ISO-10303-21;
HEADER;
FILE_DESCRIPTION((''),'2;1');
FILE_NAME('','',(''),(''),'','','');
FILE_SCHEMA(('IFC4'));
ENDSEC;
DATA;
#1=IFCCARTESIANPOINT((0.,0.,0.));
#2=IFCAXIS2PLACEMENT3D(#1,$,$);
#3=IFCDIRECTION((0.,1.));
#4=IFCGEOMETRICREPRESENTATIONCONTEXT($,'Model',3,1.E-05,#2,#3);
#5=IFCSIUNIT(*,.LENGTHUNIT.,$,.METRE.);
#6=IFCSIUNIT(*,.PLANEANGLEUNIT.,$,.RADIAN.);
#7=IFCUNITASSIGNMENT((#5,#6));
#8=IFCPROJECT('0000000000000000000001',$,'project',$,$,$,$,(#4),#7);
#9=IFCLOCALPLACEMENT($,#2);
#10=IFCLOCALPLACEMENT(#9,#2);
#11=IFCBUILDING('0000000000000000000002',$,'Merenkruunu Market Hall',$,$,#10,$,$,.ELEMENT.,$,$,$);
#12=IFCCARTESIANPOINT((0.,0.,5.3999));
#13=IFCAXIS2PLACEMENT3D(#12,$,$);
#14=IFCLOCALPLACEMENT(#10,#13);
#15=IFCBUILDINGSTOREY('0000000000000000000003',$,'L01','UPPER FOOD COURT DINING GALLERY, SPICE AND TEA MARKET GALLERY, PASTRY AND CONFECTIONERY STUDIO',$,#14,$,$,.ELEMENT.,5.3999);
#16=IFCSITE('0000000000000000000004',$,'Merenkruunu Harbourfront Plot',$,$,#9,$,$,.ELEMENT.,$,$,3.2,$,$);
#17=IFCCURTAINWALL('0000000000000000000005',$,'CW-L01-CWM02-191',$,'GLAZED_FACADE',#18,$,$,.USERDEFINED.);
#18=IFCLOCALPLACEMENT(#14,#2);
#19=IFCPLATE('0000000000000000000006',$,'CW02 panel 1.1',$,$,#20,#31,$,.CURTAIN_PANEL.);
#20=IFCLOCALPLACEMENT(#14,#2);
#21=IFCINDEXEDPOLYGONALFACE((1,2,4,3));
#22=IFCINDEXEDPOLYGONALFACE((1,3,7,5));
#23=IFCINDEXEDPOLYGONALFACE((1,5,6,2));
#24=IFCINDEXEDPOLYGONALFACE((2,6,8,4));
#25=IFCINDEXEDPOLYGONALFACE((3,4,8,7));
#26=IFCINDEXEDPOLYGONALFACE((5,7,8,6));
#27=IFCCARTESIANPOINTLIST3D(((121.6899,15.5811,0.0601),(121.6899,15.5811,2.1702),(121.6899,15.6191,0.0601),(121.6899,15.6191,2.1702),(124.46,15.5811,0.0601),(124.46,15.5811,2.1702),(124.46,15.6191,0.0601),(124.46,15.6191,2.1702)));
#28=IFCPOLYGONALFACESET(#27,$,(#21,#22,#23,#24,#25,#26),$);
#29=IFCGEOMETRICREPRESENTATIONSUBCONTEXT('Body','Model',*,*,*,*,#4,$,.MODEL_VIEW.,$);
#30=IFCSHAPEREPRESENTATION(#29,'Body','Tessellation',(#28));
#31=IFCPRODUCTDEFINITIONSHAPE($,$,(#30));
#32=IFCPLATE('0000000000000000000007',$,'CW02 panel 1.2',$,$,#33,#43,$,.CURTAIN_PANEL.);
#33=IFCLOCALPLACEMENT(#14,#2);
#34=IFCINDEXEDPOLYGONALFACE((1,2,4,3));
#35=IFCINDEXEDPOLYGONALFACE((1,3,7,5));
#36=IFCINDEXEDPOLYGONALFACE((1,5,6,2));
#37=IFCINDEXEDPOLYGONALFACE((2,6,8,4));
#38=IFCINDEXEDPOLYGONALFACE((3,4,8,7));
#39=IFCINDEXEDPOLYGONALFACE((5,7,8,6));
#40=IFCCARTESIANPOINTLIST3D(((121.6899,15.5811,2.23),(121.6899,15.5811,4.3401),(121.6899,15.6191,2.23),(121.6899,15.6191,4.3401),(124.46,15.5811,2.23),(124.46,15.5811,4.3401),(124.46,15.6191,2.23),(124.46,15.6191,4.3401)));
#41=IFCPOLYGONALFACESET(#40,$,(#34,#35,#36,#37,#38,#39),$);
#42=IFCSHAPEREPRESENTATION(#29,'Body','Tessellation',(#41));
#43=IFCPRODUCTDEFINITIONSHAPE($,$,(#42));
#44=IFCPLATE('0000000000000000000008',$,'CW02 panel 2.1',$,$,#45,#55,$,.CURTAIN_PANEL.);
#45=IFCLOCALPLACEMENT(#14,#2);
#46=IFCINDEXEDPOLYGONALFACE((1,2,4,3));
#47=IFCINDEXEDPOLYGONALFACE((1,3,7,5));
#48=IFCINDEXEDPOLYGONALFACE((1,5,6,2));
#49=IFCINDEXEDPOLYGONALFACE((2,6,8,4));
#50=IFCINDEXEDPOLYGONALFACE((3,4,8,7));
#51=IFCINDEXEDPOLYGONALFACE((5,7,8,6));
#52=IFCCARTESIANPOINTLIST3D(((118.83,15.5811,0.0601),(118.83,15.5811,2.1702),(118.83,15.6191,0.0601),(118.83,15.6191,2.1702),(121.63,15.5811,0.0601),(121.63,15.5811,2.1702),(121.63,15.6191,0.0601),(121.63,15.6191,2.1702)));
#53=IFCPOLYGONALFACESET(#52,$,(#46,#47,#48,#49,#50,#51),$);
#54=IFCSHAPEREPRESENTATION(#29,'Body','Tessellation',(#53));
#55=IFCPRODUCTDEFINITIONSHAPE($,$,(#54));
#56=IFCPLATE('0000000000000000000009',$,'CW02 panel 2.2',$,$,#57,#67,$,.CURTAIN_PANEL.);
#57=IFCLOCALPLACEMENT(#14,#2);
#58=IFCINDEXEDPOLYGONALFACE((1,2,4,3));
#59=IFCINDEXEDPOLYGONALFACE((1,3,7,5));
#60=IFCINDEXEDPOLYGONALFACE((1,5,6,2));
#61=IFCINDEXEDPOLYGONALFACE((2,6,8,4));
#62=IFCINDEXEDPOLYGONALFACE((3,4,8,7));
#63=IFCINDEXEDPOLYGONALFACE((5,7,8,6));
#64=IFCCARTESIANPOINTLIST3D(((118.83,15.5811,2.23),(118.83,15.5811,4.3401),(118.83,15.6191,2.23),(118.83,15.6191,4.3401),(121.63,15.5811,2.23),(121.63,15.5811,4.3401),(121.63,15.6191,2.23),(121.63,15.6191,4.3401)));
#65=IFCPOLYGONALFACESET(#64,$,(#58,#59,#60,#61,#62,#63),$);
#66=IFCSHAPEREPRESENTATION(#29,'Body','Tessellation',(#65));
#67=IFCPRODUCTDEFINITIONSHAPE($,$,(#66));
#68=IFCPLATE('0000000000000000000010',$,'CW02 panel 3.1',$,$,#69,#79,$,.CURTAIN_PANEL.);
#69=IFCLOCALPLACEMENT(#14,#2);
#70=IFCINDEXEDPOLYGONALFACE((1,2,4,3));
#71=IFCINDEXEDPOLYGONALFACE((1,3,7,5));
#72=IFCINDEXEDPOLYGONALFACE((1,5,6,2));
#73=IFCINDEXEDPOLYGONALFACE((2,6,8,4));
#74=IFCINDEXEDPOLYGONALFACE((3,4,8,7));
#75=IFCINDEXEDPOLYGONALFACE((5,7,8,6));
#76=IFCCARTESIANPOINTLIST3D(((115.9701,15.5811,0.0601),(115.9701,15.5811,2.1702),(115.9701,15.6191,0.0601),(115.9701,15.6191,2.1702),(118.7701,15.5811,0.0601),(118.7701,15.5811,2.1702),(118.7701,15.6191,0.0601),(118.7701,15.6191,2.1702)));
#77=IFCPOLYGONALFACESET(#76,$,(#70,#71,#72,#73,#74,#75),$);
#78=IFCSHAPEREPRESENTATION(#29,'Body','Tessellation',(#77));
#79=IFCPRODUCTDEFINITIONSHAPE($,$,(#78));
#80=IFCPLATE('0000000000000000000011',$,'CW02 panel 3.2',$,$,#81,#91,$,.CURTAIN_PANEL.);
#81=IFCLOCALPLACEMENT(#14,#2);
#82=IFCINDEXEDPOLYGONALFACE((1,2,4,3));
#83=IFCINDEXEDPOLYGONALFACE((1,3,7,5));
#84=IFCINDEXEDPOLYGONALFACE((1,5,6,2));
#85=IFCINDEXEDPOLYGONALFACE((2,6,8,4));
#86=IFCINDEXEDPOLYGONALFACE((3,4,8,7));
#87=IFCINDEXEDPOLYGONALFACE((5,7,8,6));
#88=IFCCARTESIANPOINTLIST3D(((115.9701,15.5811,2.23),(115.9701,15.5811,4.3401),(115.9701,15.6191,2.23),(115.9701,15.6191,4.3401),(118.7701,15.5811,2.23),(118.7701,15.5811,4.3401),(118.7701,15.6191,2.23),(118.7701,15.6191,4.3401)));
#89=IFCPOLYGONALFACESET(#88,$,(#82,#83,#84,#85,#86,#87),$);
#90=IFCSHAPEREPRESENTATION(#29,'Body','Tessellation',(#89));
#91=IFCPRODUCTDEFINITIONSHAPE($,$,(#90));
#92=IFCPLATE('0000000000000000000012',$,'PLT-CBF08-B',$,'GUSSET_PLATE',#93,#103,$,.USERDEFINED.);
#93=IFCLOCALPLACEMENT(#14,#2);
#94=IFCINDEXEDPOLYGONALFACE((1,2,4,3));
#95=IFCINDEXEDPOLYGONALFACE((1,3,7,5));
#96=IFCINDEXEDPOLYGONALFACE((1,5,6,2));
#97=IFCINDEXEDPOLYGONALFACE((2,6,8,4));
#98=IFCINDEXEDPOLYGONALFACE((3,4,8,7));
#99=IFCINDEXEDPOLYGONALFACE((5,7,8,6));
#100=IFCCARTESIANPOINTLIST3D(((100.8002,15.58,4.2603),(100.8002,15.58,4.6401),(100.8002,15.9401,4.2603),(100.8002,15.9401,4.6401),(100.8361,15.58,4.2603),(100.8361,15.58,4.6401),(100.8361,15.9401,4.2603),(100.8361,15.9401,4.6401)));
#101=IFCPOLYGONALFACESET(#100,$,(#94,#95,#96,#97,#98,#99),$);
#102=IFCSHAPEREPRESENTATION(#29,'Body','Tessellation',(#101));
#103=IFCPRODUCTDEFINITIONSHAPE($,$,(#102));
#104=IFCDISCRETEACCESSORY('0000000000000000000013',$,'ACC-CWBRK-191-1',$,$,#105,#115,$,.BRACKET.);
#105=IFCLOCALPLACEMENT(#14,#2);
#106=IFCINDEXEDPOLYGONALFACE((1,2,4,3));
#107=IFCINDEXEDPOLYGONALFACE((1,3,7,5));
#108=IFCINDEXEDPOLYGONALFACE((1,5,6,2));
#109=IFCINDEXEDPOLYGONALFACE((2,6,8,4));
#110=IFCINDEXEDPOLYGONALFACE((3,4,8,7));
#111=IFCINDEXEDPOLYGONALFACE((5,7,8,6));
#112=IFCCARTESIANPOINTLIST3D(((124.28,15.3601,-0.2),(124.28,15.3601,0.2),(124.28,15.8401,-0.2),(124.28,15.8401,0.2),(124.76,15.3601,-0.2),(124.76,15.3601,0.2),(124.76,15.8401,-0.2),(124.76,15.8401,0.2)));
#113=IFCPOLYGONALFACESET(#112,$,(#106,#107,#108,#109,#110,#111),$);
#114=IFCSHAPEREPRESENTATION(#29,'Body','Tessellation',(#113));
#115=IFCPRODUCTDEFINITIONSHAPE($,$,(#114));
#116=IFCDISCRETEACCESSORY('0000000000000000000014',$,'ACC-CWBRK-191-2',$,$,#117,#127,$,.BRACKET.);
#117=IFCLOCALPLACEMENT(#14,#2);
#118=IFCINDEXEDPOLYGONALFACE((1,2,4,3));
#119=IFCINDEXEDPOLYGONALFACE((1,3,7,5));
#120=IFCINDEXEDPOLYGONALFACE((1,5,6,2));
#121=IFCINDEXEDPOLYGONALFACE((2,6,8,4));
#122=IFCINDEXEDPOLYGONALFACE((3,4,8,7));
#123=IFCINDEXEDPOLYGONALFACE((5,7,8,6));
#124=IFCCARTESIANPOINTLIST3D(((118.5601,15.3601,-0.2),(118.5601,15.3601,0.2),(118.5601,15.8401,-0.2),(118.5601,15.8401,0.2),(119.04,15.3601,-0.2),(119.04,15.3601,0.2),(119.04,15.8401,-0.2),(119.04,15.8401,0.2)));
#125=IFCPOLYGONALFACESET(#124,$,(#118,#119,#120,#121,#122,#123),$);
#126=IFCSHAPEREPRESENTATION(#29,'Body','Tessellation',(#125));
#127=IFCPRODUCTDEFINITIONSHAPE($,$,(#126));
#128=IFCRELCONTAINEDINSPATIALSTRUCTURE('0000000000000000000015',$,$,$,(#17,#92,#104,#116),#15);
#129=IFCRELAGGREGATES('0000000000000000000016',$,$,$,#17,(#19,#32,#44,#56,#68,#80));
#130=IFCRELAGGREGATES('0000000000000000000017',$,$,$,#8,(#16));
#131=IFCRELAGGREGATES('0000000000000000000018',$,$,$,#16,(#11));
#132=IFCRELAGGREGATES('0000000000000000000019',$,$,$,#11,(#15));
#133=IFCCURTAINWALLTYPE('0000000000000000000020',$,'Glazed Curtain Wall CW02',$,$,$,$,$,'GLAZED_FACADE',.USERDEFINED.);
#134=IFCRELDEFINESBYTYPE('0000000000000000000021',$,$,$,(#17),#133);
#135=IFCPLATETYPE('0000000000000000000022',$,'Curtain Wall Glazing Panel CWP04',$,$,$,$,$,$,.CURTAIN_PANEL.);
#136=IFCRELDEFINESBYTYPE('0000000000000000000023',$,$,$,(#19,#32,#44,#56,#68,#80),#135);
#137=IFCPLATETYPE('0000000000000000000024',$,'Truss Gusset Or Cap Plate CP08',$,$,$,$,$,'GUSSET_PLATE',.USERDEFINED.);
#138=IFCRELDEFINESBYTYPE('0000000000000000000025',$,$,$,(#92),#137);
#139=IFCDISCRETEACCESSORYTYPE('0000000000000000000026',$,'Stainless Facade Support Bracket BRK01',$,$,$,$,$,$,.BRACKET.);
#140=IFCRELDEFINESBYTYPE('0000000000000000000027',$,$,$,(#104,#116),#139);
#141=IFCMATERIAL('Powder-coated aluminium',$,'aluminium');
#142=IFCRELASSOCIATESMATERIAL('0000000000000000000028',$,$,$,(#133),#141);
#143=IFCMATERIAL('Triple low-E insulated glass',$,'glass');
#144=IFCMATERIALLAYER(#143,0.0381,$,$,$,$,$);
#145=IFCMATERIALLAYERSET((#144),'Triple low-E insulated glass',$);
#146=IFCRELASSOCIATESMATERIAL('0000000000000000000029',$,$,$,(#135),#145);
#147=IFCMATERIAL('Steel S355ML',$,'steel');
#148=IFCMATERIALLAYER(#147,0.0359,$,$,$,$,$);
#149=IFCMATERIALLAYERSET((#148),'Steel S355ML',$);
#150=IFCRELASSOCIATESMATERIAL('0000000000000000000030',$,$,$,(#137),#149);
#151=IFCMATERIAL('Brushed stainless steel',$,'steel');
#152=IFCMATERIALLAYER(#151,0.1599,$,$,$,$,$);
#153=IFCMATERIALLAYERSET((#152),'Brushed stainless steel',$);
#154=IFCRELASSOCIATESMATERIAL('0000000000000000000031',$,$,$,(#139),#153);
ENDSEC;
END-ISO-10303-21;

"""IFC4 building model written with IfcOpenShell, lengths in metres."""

from ifc_helpers import new_model, si_unit, direction, frame, origin, origin_2d, place, context, subcontext, project, spatial, rectangle, extrude, material, layer, layer_set, type_object, element, aggregate, save


model = new_model("IFC4")

# Units and contexts
model_context = context("Model", 3, precision=1e-05, world=origin(), true_north=direction((0.0, 1.0)))
body_context = subcontext(model_context, "Body", "Model", "MODEL_VIEW")
ifc_project = project(units=[si_unit("LENGTHUNIT", "METRE"), si_unit("PLANEANGLEUNIT", "RADIAN")], contexts=[model_context])

# Site, building, storey
site_placement = place(None, origin())
site = spatial("IfcSite", under=ifc_project, at=site_placement, Name="Merenkruunu Harbourfront Plot", CompositionType="ELEMENT", RefElevation=3.2)
building_placement = place(site_placement, origin())
building = spatial("IfcBuilding", under=site, at=building_placement, Name="Merenkruunu Market Hall", CompositionType="ELEMENT")
storey_placement = place(building_placement, frame((0.0, 0.0, 5.3999)))
storey = spatial("IfcBuildingStorey", under=building, at=storey_placement, Name="L01", Description="UPPER FOOD COURT DINING GALLERY, SPICE AND TEA MARKET GALLERY, PASTRY AND CONFECTIONERY STUDIO", CompositionType="ELEMENT", Elevation=5.3999)

# Curtain wall
ifc_material_1 = material(Name="Powder-coated aluminium", Category="aluminium")
curtain_wall_type = type_object("IfcCurtainWallType", Name="Glazed Curtain Wall CW02", ElementType="GLAZED_FACADE", PredefinedType="USERDEFINED", material=ifc_material_1)
curtain_wall_placement = place(storey_placement, origin())
curtain_wall = element("IfcCurtainWall", 1, at=curtain_wall_placement, inside=storey, type_object=curtain_wall_type, Name="CW-L01-CWM02-191", ObjectType="GLAZED_FACADE", PredefinedType="USERDEFINED")

# Plates
ifc_material_2 = material(Name="Triple low-E insulated glass", Category="glass")
ifc_layer_1 = layer(ifc_material_2, 0.0381)
ifc_layer_set_1 = layer_set([ifc_layer_1], Name="Triple low-E insulated glass")
plate_type_1 = type_object("IfcPlateType", Name="Curtain Wall Glazing Panel CWP04", PredefinedType="CURTAIN_PANEL", material=ifc_layer_set_1)
plate_1_placement = place(storey_placement, frame((123.075, 15.6001, 0.0601), z_axis=(0.0, 0.0, 1.0), x_axis=(-1.0, 0.0, 0.0)))
plate_1 = element("IfcPlate", 2, at=plate_1_placement, type_object=plate_type_1, Name="CW02 panel 1.1", PredefinedType="CURTAIN_PANEL", context=body_context, shape_type="SweptSolid", body=[
    extrude(rectangle(XDim=2.77, YDim=0.0381, at=origin_2d()), origin(), (0.0, 0.0, 1.0), 2.1101),
])
plate_2_placement = place(storey_placement, frame((123.075, 15.6001, 2.23), z_axis=(0.0, 0.0, 1.0), x_axis=(-1.0, 0.0, 0.0)))
plate_2 = element("IfcPlate", 3, at=plate_2_placement, type_object=plate_type_1, Name="CW02 panel 1.2", PredefinedType="CURTAIN_PANEL", context=body_context, shape_type="SweptSolid", body=[
    extrude(rectangle(XDim=2.77, YDim=0.0381, at=origin_2d()), origin(), (0.0, 0.0, 1.0), 2.1101),
])
plate_3_placement = place(storey_placement, frame((120.23, 15.6001, 0.0601), z_axis=(0.0, 0.0, 1.0), x_axis=(-1.0, 0.0, 0.0)))
plate_3 = element("IfcPlate", 4, at=plate_3_placement, type_object=plate_type_1, Name="CW02 panel 2.1", PredefinedType="CURTAIN_PANEL", context=body_context, shape_type="SweptSolid", body=[
    extrude(rectangle(XDim=2.8, YDim=0.0381, at=origin_2d()), origin(), (0.0, 0.0, 1.0), 2.1101),
])
plate_4_placement = place(storey_placement, frame((120.23, 15.6001, 2.23), z_axis=(0.0, 0.0, 1.0), x_axis=(-1.0, 0.0, 0.0)))
plate_4 = element("IfcPlate", 5, at=plate_4_placement, type_object=plate_type_1, Name="CW02 panel 2.2", PredefinedType="CURTAIN_PANEL", context=body_context, shape_type="SweptSolid", body=[
    extrude(rectangle(XDim=2.8, YDim=0.0381, at=origin_2d()), origin(), (0.0, 0.0, 1.0), 2.1101),
])
plate_5_placement = place(storey_placement, frame((117.3701, 15.6001, 0.0601), z_axis=(0.0, 0.0, 1.0), x_axis=(-1.0, 0.0, 0.0)))
plate_5 = element("IfcPlate", 6, at=plate_5_placement, type_object=plate_type_1, Name="CW02 panel 3.1", PredefinedType="CURTAIN_PANEL", context=body_context, shape_type="SweptSolid", body=[
    extrude(rectangle(XDim=2.8, YDim=0.0381, at=origin_2d()), origin(), (0.0, 0.0, 1.0), 2.1101),
])
plate_6_placement = place(storey_placement, frame((117.3701, 15.6001, 2.23), z_axis=(0.0, 0.0, 1.0), x_axis=(-1.0, 0.0, 0.0)))
plate_6 = element("IfcPlate", 7, at=plate_6_placement, type_object=plate_type_1, Name="CW02 panel 3.2", PredefinedType="CURTAIN_PANEL", context=body_context, shape_type="SweptSolid", body=[
    extrude(rectangle(XDim=2.8, YDim=0.0381, at=origin_2d()), origin(), (0.0, 0.0, 1.0), 2.1101),
])
aggregate(curtain_wall, [plate_1, plate_2, plate_3, plate_4, plate_5, plate_6])
ifc_material_3 = material(Name="Steel S355ML", Category="steel")
ifc_layer_2 = layer(ifc_material_3, 0.0359)
ifc_layer_set_2 = layer_set([ifc_layer_2], Name="Steel S355ML")
plate_type_2 = type_object("IfcPlateType", Name="Truss Gusset Or Cap Plate CP08", ElementType="GUSSET_PLATE", PredefinedType="USERDEFINED", material=ifc_layer_set_2)
plate_7_placement = place(storey_placement, frame((100.8181, 15.76, 4.2603), z_axis=(0.0, 0.0, 1.0), x_axis=(1.0, 0.0, 0.0)))
element("IfcPlate", 8, at=plate_7_placement, inside=storey, type_object=plate_type_2, Name="PLT-CBF08-B", ObjectType="GUSSET_PLATE", PredefinedType="USERDEFINED", context=body_context, shape_type="SweptSolid", body=[
    extrude(rectangle(XDim=0.0359, YDim=0.3601, at=origin_2d()), origin(), (0.0, 0.0, 1.0), 0.3799),
])

# Discrete accessories
ifc_material_4 = material(Name="Brushed stainless steel", Category="steel")
ifc_layer_3 = layer(ifc_material_4, 0.1599)
ifc_layer_set_3 = layer_set([ifc_layer_3], Name="Brushed stainless steel")
discrete_accessory_type = type_object("IfcDiscreteAccessoryType", Name="Stainless Facade Support Bracket BRK01", PredefinedType="BRACKET", material=ifc_layer_set_3)
for number, where, z_axis, x_axis, name in (
    (9, (124.52, 15.6001, -0.2), (0.0, 0.0, 1.0), (1.0, 0.0, 0.0), "ACC-CWBRK-191-1"),
    (10, (118.8, 15.6001, -0.2), (0.0, 0.0, 1.0), (1.0, 0.0, 0.0), "ACC-CWBRK-191-2"),
):
    element("IfcDiscreteAccessory", number, at=place(storey_placement, frame(where, z_axis=z_axis, x_axis=x_axis)), inside=storey, type_object=discrete_accessory_type, Name=name, PredefinedType="BRACKET", context=body_context, shape_type="SweptSolid", body=[
        extrude(rectangle(XDim=0.48, YDim=0.48, at=origin_2d()), origin(), (0.0, 0.0, 1.0), 0.3999),
    ])

save(model, "model.ifc")
